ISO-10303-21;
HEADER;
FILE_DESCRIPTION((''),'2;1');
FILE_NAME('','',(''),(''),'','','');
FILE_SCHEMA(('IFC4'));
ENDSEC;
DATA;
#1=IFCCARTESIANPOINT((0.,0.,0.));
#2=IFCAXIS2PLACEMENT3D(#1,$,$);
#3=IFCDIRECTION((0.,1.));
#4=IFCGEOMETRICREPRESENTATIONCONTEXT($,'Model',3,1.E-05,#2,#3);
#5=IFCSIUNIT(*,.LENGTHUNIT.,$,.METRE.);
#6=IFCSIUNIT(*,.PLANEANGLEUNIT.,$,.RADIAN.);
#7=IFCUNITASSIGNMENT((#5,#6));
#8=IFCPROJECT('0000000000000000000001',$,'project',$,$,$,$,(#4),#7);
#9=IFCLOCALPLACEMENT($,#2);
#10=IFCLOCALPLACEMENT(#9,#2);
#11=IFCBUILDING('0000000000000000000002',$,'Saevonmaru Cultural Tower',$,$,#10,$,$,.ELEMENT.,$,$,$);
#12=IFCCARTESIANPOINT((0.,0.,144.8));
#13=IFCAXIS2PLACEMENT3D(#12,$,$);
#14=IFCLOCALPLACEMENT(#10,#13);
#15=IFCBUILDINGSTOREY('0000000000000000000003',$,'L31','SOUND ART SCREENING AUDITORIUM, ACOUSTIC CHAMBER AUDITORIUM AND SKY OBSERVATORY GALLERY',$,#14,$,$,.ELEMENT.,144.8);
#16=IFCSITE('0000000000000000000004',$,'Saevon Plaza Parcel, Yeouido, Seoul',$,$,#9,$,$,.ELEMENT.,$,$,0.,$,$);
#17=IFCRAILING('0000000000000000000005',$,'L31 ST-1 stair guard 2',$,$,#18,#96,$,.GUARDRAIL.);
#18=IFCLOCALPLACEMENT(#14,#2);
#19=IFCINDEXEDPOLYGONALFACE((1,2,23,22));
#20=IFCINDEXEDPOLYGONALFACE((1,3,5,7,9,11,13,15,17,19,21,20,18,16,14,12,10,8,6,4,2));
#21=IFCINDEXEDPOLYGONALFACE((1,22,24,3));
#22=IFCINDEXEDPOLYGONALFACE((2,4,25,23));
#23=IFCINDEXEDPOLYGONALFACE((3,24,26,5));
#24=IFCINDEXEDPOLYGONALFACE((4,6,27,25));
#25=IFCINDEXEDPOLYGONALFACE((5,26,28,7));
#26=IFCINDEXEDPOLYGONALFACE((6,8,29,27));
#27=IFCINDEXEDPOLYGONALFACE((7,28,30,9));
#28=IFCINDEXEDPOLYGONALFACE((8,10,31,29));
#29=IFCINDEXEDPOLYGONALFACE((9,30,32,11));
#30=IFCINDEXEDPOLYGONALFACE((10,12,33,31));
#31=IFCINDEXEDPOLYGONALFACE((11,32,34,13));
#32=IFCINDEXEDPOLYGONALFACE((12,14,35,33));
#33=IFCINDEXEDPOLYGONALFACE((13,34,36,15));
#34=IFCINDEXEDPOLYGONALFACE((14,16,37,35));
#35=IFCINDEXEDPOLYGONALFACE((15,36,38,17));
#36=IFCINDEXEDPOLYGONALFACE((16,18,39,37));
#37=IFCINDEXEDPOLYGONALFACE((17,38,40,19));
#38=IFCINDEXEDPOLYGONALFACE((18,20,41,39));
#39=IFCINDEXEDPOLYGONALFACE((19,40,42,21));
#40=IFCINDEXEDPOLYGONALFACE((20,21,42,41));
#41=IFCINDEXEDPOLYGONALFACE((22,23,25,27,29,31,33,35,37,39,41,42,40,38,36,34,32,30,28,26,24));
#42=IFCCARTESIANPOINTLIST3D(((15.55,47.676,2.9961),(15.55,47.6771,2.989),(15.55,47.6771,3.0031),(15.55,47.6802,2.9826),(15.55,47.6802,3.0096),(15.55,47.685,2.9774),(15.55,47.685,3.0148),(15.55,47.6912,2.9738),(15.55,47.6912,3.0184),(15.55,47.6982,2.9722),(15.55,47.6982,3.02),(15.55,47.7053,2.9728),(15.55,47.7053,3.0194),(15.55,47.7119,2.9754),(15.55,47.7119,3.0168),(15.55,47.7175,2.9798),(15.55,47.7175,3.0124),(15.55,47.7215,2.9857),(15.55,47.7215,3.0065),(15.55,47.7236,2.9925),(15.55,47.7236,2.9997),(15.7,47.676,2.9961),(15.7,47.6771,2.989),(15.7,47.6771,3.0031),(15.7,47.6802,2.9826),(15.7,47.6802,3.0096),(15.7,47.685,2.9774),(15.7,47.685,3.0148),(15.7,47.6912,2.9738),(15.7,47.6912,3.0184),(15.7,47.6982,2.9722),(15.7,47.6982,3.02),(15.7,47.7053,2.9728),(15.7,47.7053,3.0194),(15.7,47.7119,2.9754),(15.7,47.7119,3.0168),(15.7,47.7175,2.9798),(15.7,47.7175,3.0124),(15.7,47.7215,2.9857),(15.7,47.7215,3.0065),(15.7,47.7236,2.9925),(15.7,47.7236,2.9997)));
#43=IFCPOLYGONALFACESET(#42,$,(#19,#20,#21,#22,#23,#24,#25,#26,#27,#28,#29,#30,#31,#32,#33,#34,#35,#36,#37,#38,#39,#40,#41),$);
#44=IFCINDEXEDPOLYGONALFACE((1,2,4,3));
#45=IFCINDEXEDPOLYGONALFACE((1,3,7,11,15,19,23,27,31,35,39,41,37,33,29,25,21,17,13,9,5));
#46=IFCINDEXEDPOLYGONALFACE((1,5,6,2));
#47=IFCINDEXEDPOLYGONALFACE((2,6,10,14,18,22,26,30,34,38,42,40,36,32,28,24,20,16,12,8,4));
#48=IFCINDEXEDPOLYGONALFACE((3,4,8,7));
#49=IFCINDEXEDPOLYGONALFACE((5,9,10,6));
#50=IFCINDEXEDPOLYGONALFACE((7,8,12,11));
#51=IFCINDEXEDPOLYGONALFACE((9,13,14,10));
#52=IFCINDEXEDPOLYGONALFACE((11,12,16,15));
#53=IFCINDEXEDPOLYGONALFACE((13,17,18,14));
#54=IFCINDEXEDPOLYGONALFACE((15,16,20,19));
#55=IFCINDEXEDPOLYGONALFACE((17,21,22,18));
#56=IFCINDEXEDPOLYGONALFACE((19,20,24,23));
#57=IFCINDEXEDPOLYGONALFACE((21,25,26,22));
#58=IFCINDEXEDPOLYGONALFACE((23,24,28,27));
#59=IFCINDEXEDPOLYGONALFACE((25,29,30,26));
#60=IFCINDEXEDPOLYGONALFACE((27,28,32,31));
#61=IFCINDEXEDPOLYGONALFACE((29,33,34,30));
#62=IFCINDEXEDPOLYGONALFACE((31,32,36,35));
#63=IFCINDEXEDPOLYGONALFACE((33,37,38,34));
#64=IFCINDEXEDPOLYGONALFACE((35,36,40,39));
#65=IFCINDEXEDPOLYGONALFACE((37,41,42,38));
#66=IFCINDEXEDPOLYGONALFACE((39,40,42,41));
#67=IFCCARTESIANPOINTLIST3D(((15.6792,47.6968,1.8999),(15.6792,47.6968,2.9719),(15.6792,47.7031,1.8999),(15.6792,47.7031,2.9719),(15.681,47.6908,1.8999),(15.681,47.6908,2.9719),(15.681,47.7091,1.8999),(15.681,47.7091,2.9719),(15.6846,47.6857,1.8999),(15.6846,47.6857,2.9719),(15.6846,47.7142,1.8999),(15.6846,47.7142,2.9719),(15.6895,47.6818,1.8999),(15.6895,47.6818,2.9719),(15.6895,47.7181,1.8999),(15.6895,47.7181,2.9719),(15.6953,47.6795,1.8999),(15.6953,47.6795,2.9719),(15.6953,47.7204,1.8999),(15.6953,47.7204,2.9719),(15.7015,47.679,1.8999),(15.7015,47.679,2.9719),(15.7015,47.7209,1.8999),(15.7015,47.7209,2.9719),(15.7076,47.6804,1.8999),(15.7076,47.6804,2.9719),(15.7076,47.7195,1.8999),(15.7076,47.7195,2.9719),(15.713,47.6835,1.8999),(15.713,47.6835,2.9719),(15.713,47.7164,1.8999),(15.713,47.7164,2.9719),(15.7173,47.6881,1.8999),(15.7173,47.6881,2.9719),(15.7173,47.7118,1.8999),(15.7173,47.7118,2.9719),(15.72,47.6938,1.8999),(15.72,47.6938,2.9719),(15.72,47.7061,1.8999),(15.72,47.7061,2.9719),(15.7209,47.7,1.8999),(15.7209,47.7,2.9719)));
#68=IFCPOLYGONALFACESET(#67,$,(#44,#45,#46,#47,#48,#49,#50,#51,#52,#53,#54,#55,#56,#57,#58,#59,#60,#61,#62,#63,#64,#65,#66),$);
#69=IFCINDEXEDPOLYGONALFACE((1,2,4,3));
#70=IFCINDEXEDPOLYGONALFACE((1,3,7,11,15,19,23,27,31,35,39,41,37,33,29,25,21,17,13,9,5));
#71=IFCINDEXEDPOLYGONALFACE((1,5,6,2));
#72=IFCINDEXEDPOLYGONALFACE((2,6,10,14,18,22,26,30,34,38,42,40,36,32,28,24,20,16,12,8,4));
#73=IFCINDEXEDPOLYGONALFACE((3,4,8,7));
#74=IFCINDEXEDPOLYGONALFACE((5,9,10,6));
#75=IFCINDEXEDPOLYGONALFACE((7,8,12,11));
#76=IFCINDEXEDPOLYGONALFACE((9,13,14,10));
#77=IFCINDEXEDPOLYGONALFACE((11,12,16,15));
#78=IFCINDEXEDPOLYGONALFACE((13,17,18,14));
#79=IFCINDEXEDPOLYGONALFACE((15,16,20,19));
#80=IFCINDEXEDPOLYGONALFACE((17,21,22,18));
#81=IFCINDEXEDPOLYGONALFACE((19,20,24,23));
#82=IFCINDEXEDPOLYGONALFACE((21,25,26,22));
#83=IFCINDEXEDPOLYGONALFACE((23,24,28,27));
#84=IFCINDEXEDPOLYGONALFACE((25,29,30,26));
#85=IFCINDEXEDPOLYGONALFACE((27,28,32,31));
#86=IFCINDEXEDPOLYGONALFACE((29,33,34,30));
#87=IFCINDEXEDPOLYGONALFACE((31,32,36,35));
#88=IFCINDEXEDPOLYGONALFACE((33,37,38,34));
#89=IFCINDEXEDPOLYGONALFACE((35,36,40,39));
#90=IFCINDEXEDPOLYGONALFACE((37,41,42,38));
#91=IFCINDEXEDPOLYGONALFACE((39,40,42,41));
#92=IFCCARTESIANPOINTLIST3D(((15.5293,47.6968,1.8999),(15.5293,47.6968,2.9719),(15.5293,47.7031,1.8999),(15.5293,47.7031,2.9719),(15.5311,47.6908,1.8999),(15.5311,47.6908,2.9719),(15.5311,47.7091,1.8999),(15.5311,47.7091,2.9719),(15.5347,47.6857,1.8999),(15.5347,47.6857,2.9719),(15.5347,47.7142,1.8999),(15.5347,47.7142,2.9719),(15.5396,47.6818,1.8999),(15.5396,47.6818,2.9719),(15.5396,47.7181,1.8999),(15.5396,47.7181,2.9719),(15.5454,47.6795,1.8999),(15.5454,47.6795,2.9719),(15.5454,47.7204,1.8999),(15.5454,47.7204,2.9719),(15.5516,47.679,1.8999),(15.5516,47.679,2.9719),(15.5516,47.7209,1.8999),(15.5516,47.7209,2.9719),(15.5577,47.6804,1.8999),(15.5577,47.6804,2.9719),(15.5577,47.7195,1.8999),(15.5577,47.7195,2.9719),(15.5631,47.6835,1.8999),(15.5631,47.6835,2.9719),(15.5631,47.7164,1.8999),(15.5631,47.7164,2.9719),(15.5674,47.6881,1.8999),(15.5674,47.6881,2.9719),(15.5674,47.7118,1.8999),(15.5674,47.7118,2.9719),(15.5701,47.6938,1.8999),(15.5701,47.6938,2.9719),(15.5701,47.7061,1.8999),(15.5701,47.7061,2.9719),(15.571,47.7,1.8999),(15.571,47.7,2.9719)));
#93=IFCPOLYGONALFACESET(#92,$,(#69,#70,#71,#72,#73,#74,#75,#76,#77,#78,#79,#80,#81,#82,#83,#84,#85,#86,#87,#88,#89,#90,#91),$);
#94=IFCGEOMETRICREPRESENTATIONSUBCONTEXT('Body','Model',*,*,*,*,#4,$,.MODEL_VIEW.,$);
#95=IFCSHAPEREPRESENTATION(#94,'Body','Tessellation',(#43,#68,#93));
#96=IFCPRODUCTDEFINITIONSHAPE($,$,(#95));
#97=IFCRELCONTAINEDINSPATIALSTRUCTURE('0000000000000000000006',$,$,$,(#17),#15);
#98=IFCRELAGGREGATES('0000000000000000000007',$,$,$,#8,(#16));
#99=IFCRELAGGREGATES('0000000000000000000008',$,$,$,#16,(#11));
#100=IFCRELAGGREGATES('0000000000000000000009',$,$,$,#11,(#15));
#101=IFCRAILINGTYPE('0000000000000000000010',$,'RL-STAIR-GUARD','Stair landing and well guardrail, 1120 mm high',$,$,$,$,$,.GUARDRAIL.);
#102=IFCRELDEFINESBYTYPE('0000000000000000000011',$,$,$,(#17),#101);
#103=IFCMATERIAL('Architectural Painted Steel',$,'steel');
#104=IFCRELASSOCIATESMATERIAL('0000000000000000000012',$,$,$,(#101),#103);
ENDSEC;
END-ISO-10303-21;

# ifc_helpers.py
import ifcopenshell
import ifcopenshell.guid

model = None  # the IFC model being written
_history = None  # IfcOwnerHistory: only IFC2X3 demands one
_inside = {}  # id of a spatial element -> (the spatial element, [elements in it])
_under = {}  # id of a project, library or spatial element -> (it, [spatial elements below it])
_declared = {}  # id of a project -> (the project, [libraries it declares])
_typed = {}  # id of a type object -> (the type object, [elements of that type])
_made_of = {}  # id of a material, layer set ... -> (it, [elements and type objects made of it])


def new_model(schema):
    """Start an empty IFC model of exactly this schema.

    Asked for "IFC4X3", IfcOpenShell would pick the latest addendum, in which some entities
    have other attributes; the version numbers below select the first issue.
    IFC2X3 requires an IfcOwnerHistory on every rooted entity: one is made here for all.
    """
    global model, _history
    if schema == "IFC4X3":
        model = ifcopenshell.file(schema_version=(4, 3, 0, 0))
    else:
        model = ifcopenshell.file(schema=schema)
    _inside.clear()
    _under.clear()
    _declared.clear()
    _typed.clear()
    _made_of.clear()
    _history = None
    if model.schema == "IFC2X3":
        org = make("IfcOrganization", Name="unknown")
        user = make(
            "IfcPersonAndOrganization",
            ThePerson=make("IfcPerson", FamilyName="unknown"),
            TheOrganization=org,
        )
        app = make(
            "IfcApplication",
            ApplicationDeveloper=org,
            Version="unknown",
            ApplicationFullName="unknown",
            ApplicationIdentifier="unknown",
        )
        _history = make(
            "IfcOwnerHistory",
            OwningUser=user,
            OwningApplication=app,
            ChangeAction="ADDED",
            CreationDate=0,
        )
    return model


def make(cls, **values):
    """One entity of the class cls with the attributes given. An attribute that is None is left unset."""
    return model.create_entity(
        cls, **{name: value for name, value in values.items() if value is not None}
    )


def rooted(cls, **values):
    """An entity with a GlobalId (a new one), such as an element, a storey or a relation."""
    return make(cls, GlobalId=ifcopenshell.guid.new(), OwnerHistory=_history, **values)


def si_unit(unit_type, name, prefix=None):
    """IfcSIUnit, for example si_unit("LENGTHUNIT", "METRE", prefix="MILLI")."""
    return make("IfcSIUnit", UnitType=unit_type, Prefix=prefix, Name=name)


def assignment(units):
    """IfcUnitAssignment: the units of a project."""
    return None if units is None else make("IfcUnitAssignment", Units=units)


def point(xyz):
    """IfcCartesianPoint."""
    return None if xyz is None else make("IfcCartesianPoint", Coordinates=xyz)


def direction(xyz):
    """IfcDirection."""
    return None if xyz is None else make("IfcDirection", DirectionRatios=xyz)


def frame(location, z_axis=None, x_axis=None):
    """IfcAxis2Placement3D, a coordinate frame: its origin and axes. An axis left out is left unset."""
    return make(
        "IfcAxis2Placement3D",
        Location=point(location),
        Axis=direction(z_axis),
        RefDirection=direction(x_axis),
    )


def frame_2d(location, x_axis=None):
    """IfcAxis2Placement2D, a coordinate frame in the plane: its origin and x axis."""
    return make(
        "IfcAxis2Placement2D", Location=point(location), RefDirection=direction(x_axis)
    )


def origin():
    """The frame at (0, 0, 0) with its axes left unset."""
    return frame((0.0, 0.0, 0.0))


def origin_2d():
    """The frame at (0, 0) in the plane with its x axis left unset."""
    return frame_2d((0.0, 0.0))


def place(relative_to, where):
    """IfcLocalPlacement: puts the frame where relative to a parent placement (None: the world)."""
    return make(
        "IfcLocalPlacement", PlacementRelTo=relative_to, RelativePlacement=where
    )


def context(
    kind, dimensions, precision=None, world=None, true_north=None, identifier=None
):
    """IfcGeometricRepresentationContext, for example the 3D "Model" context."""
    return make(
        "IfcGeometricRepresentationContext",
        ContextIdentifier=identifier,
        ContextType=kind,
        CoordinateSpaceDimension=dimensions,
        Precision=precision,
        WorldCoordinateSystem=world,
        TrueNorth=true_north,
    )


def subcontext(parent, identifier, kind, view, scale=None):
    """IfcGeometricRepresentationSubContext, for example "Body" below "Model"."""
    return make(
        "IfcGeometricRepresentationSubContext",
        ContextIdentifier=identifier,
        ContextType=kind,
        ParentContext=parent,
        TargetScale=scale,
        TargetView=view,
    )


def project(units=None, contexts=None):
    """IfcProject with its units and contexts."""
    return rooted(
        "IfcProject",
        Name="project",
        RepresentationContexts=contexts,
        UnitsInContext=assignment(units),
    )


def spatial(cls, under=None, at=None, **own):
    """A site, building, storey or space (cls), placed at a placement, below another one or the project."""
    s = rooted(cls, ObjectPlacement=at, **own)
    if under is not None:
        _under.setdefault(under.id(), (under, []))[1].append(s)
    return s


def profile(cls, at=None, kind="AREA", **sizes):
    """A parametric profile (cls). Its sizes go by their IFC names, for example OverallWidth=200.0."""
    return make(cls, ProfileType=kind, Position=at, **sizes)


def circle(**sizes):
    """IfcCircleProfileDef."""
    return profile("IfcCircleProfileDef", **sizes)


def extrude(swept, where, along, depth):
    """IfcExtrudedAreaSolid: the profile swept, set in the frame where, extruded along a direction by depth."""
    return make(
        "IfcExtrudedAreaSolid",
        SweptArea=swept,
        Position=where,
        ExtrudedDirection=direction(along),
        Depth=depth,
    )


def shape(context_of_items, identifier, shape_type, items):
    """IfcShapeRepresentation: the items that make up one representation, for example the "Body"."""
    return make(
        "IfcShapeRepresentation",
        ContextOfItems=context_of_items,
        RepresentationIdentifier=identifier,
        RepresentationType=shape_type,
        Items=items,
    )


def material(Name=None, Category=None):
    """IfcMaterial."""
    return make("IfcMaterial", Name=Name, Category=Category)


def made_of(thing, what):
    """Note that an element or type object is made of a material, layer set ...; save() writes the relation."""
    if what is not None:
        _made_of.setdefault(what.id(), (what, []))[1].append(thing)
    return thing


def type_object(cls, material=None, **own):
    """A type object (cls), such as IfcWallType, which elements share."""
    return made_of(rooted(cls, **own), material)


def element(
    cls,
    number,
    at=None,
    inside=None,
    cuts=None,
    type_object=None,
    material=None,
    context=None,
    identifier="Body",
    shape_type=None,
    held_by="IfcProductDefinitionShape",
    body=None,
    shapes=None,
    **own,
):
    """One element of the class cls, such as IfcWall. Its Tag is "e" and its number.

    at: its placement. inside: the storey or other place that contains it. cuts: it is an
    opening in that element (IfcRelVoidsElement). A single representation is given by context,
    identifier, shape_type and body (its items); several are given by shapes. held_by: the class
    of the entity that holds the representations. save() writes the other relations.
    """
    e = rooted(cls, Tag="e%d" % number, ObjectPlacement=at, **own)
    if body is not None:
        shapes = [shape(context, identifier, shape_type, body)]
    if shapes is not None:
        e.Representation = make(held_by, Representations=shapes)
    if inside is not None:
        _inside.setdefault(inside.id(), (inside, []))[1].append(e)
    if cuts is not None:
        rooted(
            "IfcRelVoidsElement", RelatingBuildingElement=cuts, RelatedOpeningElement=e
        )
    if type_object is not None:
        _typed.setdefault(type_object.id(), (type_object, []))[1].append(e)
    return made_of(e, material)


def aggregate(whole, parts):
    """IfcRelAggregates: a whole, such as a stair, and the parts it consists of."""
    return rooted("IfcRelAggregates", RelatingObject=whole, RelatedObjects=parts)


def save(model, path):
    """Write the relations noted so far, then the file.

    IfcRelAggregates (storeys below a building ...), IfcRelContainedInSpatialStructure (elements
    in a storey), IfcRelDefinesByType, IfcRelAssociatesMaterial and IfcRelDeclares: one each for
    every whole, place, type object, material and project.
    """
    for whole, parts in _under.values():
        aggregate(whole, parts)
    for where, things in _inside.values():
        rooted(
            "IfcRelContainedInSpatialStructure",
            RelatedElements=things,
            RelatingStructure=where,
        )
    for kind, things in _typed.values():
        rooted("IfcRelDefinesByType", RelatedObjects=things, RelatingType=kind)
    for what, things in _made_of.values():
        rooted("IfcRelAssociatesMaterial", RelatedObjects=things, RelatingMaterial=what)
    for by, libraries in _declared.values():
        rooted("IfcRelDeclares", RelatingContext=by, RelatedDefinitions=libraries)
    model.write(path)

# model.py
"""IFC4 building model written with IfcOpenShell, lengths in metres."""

from ifc_helpers import new_model, si_unit, direction, frame, origin, origin_2d, place, context, subcontext, project, spatial, circle, extrude, material, type_object, element, save


model = new_model("IFC4")

# Units and contexts
model_context = context("Model", 3, precision=1e-05, world=origin(), true_north=direction((0.0, 1.0)))
body_context = subcontext(model_context, "Body", "Model", "MODEL_VIEW")
ifc_project = project(units=[si_unit("LENGTHUNIT", "METRE"), si_unit("PLANEANGLEUNIT", "RADIAN")], contexts=[model_context])

# Site, building, storey
site_placement = place(None, origin())
site = spatial("IfcSite", under=ifc_project, at=site_placement, Name="Saevon Plaza Parcel, Yeouido, Seoul", CompositionType="ELEMENT", RefElevation=0.0)
building_placement = place(site_placement, origin())
building = spatial("IfcBuilding", under=site, at=building_placement, Name="Saevonmaru Cultural Tower", CompositionType="ELEMENT")
storey_placement = place(building_placement, frame((0.0, 0.0, 144.8)))
storey = spatial("IfcBuildingStorey", under=building, at=storey_placement, Name="L31", Description="SOUND ART SCREENING AUDITORIUM, ACOUSTIC CHAMBER AUDITORIUM AND SKY OBSERVATORY GALLERY", CompositionType="ELEMENT", Elevation=144.8)

# Railing
ifc_material_1 = material(Name="Architectural Painted Steel", Category="steel")
railing_type_1 = type_object("IfcRailingType", Name="RL-STAIR-GUARD", Description="Stair landing and well guardrail, 1120 mm high", PredefinedType="GUARDRAIL", material=ifc_material_1)
railing_1_placement = place(storey_placement, frame((15.7, 47.7, 1.8999)))
element("IfcRailing", 1, at=railing_1_placement, inside=storey, type_object=railing_type_1, Name="L31 ST-1 stair guard 2", PredefinedType="GUARDRAIL", context=body_context, shape_type="SweptSolid", body=[
    extrude(circle(Radius=0.0239, at=origin_2d()), frame((0.0, 0.0, 1.0962), z_axis=(-1.0, 0.0, 0.0), x_axis=(0.0, -1.0, 0.0)), (0.0, 0.0, 1.0), 0.1499),
    extrude(circle(Radius=0.021, at=origin_2d()), origin(), (0.0, 0.0, 1.0), 1.072),
    extrude(circle(Radius=0.021, at=origin_2d()), frame((-0.1499, 0.0, 0.0)), (0.0, 0.0, 1.0), 1.072),
])

save(model, "model.ifc")
